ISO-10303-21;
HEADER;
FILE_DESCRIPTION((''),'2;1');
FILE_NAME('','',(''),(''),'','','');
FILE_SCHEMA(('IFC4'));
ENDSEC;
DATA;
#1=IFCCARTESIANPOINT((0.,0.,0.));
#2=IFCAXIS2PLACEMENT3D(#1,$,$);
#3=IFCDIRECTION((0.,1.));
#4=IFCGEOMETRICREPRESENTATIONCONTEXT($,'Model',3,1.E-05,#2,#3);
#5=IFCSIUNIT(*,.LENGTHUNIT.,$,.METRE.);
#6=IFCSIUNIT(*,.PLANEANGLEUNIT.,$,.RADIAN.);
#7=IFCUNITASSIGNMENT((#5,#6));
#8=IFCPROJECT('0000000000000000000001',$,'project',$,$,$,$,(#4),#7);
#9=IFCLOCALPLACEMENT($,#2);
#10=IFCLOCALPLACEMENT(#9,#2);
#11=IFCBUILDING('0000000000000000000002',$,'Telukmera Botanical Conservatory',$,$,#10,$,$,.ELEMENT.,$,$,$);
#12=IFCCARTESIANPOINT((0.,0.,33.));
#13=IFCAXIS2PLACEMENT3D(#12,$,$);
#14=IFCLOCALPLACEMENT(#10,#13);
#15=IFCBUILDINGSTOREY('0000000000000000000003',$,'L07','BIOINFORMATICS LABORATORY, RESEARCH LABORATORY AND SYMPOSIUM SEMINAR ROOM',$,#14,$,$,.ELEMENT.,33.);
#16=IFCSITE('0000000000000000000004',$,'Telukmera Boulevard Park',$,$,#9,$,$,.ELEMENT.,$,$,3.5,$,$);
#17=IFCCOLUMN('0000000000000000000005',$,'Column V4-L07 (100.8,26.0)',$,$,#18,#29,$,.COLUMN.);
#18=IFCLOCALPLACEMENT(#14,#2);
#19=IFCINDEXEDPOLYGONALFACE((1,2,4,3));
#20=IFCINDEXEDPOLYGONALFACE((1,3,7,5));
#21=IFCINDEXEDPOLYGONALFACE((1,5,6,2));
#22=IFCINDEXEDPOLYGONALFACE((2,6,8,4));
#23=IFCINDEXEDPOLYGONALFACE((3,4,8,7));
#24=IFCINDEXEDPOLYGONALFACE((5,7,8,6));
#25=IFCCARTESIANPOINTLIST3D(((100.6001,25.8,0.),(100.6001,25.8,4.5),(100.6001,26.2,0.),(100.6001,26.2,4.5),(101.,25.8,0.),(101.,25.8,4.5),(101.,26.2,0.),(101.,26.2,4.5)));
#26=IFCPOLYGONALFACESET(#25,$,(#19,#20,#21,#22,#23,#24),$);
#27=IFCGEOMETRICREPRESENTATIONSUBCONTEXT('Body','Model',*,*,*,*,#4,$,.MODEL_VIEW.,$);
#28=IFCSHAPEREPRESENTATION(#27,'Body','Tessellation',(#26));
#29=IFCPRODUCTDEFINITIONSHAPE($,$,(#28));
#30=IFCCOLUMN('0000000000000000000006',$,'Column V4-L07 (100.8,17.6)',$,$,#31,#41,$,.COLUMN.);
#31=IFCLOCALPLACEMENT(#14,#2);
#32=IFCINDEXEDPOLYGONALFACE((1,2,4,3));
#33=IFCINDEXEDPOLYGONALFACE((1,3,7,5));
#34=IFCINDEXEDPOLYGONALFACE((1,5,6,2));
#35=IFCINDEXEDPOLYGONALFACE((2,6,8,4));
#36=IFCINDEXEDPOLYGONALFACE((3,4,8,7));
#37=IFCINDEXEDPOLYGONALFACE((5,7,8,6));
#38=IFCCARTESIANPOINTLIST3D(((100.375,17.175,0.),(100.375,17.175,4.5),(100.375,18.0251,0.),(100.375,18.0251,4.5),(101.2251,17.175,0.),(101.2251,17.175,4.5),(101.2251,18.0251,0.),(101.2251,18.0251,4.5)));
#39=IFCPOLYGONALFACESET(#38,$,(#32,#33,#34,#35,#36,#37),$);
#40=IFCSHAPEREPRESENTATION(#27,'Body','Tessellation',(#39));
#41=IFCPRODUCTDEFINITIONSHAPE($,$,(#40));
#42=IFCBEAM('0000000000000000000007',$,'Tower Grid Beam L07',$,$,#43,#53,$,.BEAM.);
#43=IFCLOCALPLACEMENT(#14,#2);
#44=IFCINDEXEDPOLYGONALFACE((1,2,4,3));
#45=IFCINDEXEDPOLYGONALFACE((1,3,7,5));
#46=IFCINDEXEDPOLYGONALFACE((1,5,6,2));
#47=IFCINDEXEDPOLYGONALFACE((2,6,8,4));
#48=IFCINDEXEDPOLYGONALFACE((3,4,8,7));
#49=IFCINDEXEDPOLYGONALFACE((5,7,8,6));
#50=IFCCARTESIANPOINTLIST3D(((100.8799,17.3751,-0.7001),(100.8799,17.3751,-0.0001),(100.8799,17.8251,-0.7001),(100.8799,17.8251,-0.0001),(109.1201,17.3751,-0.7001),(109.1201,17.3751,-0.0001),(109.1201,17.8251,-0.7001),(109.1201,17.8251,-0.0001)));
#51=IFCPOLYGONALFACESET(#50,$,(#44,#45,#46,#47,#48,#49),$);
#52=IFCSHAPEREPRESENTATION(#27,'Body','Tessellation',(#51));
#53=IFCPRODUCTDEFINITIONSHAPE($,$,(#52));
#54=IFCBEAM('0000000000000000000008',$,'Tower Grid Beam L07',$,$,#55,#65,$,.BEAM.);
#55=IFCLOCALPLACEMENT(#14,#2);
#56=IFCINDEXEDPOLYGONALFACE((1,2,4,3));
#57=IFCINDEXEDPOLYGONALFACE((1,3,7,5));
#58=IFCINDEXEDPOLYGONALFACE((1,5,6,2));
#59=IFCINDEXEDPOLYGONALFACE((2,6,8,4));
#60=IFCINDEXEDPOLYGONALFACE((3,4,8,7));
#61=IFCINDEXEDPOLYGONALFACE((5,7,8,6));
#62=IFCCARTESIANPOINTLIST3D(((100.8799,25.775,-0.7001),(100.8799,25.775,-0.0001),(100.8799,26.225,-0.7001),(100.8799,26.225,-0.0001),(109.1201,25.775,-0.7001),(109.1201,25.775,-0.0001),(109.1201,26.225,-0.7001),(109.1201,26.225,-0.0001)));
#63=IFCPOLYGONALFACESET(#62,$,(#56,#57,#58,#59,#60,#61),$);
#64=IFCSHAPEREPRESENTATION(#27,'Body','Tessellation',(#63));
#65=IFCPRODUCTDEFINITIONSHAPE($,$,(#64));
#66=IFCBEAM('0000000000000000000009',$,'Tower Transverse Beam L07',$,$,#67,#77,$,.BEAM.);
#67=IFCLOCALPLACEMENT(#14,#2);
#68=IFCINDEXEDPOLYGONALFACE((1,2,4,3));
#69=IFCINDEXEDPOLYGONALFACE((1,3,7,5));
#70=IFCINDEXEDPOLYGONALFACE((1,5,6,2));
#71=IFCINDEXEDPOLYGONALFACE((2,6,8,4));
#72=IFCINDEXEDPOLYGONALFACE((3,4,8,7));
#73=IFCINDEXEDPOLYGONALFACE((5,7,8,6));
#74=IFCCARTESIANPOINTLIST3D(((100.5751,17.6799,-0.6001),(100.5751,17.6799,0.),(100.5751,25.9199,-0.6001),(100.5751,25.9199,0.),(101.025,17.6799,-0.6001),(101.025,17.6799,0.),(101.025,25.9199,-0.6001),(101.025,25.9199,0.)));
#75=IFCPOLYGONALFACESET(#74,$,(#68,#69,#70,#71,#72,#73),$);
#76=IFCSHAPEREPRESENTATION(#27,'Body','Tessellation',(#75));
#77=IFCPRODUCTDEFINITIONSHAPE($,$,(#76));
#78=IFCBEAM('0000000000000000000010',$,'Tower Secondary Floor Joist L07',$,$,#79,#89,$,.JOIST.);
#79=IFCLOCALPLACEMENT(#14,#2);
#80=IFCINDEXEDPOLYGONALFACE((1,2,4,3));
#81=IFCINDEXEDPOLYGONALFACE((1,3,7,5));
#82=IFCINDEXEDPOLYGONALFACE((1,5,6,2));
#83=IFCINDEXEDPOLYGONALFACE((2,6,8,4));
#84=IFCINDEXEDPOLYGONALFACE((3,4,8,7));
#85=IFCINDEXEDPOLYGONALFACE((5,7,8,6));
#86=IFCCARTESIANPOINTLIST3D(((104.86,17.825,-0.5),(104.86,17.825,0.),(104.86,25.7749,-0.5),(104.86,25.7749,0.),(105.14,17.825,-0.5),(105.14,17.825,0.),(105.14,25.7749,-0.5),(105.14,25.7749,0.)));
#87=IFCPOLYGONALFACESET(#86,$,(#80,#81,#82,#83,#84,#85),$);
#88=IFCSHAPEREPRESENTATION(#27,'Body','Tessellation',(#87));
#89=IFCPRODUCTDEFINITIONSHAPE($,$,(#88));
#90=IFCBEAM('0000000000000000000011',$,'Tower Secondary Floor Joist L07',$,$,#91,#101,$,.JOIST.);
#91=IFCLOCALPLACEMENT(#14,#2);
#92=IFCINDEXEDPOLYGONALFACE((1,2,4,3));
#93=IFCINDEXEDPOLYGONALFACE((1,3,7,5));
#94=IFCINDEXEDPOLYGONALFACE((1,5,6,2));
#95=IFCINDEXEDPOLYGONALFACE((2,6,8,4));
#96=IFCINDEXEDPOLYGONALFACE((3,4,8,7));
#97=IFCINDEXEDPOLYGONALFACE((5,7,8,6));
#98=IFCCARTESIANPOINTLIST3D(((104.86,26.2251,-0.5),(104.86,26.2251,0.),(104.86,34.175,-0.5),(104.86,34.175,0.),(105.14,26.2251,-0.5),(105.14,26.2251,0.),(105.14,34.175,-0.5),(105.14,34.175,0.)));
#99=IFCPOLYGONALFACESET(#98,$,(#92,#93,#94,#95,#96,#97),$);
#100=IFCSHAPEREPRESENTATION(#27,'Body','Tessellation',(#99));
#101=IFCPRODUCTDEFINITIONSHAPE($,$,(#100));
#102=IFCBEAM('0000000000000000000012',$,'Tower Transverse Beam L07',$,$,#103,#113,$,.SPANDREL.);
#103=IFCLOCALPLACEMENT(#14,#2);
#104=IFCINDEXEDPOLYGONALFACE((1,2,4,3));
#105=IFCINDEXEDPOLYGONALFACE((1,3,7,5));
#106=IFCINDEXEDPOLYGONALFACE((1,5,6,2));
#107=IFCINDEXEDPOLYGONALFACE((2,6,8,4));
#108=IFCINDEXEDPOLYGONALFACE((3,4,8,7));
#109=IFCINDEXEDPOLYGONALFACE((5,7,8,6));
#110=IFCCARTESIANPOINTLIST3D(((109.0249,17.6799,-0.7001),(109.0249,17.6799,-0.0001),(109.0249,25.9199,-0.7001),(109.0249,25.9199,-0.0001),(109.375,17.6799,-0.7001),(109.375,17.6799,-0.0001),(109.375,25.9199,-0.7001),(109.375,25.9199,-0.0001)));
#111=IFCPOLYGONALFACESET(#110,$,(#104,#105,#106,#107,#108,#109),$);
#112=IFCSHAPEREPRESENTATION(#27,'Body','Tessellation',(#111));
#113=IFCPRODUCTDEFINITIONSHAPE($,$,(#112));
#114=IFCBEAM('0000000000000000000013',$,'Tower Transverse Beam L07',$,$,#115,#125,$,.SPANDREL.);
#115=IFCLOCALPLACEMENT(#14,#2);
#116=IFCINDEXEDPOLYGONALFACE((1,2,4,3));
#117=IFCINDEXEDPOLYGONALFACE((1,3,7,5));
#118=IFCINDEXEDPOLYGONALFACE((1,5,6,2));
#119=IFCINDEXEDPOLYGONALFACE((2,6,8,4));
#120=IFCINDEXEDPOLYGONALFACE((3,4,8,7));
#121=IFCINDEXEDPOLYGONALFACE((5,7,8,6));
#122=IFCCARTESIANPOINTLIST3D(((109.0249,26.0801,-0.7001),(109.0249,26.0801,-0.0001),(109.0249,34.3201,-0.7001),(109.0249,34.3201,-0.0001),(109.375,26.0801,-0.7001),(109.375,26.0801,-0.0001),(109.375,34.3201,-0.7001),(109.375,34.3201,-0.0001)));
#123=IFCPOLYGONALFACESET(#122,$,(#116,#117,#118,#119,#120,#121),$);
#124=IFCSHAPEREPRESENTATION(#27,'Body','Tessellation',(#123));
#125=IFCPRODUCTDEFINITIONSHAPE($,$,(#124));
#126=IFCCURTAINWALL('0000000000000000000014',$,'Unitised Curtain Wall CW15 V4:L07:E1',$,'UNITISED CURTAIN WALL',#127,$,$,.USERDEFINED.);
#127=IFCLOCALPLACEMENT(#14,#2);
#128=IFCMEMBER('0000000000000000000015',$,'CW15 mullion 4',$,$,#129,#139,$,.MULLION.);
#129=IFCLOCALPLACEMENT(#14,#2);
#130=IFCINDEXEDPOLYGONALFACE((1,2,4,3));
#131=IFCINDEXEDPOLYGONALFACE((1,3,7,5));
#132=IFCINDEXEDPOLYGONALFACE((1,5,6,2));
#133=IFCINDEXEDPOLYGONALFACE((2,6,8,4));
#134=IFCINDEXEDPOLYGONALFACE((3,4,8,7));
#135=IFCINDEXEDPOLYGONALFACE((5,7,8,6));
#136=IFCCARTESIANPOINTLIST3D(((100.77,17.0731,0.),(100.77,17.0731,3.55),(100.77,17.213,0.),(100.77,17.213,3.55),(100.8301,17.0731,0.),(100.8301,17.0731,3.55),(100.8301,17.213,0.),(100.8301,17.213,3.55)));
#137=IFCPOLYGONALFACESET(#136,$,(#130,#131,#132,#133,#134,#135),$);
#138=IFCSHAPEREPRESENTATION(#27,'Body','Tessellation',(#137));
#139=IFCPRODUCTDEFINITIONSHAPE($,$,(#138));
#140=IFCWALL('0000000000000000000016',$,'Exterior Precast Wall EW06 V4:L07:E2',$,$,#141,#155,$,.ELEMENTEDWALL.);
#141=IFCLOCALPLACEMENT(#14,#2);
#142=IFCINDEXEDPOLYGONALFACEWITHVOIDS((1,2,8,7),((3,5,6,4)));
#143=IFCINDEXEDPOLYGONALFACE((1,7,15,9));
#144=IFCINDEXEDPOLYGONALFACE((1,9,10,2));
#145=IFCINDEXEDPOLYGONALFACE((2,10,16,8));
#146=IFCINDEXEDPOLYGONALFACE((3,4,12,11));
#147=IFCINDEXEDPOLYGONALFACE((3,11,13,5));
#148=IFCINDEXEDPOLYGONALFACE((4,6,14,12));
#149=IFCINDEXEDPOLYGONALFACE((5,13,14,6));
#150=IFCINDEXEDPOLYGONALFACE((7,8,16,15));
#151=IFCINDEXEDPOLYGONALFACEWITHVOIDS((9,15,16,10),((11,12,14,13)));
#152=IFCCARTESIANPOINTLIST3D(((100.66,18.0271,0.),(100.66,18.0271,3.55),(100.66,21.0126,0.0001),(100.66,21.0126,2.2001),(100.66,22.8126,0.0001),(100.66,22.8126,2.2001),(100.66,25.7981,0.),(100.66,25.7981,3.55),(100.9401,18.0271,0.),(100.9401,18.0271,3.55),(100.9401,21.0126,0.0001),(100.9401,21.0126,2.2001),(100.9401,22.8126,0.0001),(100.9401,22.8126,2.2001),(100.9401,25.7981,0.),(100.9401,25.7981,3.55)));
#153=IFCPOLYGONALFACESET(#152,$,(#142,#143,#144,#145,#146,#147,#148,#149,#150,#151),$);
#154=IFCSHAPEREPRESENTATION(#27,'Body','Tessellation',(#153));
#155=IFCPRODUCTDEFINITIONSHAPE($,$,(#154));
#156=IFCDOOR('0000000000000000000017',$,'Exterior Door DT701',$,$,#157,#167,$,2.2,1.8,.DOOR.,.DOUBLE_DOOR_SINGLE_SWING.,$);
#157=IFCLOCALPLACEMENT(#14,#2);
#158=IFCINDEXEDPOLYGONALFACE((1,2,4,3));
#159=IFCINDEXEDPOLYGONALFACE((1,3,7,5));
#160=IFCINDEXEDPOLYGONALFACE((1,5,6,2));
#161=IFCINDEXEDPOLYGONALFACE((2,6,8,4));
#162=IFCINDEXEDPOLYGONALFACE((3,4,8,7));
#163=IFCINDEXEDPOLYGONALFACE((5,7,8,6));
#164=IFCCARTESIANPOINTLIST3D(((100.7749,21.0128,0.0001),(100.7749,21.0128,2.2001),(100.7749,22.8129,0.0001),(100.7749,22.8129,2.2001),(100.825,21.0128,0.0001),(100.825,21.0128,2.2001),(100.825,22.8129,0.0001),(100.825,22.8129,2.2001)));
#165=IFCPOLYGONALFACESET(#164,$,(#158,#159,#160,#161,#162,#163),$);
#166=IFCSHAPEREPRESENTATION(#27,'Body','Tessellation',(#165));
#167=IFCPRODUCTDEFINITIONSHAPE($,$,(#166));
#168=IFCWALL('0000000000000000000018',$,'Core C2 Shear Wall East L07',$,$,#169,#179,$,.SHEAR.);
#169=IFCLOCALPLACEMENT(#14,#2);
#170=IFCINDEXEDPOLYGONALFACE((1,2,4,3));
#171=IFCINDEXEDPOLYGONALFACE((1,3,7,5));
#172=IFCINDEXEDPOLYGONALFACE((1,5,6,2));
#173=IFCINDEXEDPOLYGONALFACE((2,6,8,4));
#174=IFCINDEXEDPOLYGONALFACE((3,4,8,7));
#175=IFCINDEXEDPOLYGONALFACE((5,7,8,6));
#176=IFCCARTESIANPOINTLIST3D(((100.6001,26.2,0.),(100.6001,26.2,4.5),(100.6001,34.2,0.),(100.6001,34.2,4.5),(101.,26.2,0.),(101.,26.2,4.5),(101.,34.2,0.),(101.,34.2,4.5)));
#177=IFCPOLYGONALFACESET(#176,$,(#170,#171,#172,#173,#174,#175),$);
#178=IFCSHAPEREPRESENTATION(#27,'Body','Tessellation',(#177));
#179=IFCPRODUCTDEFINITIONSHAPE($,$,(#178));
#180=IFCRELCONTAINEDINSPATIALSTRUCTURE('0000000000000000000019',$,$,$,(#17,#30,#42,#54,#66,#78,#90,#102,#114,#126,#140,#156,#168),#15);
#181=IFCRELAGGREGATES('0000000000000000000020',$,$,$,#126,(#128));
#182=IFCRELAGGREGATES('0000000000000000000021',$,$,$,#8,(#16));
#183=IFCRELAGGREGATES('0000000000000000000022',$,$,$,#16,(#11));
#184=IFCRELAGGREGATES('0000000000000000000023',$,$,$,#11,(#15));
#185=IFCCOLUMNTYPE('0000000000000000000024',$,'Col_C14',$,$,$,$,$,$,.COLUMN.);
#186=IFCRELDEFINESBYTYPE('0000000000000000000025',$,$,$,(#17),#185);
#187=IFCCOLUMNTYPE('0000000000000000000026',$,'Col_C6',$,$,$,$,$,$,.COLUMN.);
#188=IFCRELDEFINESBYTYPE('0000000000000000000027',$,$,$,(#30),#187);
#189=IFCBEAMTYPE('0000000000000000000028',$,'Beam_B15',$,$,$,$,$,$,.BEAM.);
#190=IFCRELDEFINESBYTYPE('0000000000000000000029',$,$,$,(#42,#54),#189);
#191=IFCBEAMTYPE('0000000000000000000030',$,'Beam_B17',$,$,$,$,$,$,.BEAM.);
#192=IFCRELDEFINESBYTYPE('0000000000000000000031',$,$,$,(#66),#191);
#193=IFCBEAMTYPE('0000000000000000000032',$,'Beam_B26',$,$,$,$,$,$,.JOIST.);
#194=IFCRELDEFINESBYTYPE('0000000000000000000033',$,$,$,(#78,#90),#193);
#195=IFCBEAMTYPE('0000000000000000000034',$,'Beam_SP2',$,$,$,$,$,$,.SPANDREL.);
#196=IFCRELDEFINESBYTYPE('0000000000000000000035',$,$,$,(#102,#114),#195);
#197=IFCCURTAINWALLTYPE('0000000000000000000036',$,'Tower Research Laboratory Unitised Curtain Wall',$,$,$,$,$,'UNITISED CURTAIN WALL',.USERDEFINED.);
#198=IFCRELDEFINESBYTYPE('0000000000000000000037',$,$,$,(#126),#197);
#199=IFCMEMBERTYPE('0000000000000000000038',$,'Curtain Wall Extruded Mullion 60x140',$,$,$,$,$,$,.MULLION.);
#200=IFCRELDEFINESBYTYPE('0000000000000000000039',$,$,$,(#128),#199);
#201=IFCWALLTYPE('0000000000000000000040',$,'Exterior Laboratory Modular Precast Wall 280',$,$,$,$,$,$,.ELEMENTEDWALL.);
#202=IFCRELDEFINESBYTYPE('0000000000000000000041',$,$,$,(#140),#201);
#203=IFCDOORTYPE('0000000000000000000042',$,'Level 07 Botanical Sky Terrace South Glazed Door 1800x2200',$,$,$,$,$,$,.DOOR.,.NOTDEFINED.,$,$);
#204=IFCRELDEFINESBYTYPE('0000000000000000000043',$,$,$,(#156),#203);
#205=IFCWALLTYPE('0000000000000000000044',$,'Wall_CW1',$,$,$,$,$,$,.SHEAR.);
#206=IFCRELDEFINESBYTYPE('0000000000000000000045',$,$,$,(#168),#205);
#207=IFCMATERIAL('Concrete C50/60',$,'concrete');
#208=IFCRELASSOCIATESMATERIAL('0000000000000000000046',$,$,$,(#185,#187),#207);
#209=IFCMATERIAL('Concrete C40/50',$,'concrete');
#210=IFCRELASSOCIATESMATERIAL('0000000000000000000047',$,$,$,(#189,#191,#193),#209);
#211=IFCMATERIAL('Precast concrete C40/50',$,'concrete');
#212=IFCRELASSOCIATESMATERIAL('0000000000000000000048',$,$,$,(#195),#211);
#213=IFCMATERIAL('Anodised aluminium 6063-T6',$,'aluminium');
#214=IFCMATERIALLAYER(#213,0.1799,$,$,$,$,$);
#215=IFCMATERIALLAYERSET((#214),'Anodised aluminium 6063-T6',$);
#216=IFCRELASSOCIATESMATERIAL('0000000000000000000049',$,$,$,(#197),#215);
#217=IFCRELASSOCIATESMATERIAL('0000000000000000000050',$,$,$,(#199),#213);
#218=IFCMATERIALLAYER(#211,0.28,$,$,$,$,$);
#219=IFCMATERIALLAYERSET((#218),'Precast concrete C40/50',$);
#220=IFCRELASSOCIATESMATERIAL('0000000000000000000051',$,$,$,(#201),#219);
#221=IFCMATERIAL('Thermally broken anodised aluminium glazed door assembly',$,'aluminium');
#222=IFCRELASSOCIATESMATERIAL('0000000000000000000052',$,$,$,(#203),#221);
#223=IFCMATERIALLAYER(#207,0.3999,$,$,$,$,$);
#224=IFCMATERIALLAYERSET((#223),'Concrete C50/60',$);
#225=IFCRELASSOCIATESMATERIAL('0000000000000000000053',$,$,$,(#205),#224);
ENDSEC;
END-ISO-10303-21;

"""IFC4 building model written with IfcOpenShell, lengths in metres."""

from ifc_helpers import new_model, si_unit, direction, frame, frame_2d, origin, origin_2d, place, context, subcontext, project, spatial, rectangle, extrude, material, layer, layer_set, material_profile, profile_set, type_object, element, fill, aggregate, save


model = new_model("IFC4")

# Units and contexts
model_context = context("Model", 3, precision=1e-05, world=origin(), true_north=direction((0.0, 1.0)))
body_context = subcontext(model_context, "Body", "Model", "MODEL_VIEW")
ifc_project = project(units=[si_unit("LENGTHUNIT", "METRE"), si_unit("PLANEANGLEUNIT", "RADIAN")], contexts=[model_context])

# Site, building, storey
site_placement = place(None, origin())
site = spatial("IfcSite", under=ifc_project, at=site_placement, Name="Telukmera Boulevard Park", CompositionType="ELEMENT", RefElevation=3.5)
building_placement = place(site_placement, origin())
building = spatial("IfcBuilding", under=site, at=building_placement, Name="Telukmera Botanical Conservatory", CompositionType="ELEMENT")
storey_placement = place(building_placement, frame((0.0, 0.0, 33.0)))
storey = spatial("IfcBuildingStorey", under=building, at=storey_placement, Name="L07", Description="BIOINFORMATICS LABORATORY, RESEARCH LABORATORY AND SYMPOSIUM SEMINAR ROOM", CompositionType="ELEMENT", Elevation=33.0)

# Columns
ifc_material_1 = material(Name="Concrete C50/60", Category="concrete")
ifc_material_profile_1 = material_profile(ifc_material_1, rectangle(XDim=0.3999, YDim=0.3999, at=origin_2d()), Name="RC 400x400")
ifc_profile_set_1 = profile_set([ifc_material_profile_1], Name="Concrete C50/60")
column_type_1 = type_object("IfcColumnType", Name="Col_C14", PredefinedType="COLUMN", material=ifc_profile_set_1)
column_1_placement = place(storey_placement, frame((100.8, 26.0, 0.0), z_axis=(0.0, 0.0, 1.0), x_axis=(1.0, 0.0, 0.0)))
element("IfcColumn", 1, at=column_1_placement, inside=storey, type_object=column_type_1, Name="Column V4-L07 (100.8,26.0)", PredefinedType="COLUMN", context=body_context, shape_type="SweptSolid", body=[
    extrude(rectangle(XDim=0.3999, YDim=0.3999, at=origin_2d()), origin(), (0.0, 0.0, 1.0), 4.5),
])
ifc_material_profile_2 = material_profile(ifc_material_1, rectangle(XDim=0.8501, YDim=0.8501, at=origin_2d()), Name="RC 850x850")
ifc_profile_set_2 = profile_set([ifc_material_profile_2], Name="Concrete C50/60")
column_type_2 = type_object("IfcColumnType", Name="Col_C6", PredefinedType="COLUMN", material=ifc_profile_set_2)
column_2_placement = place(storey_placement, frame((100.8, 17.6001, 0.0), z_axis=(0.0, 0.0, 1.0), x_axis=(1.0, 0.0, 0.0)))
element("IfcColumn", 2, at=column_2_placement, inside=storey, type_object=column_type_2, Name="Column V4-L07 (100.8,17.6)", PredefinedType="COLUMN", context=body_context, shape_type="SweptSolid", body=[
    extrude(rectangle(XDim=0.8501, YDim=0.8501, at=origin_2d()), origin(), (0.0, 0.0, 1.0), 4.5),
])

# Beams
ifc_material_2 = material(Name="Concrete C40/50", Category="concrete")
ifc_material_profile_3 = material_profile(ifc_material_2, rectangle(XDim=0.45, YDim=0.7, at=origin_2d()), Name="RC 450x700")
ifc_profile_set_3 = profile_set([ifc_material_profile_3], Name="Concrete C40/50")
beam_type_1 = type_object("IfcBeamType", Name="Beam_B15", PredefinedType="BEAM", material=ifc_profile_set_3)
for number, where, z_axis, x_axis, name in (
    (3, (100.8799, 17.6001, -0.3501), (1.0, 0.0, 0.0), (0.0, 1.0, 0.0), "Tower Grid Beam L07"),
    (4, (100.8799, 26.0, -0.3501), (1.0, 0.0, 0.0), (0.0, 1.0, 0.0), "Tower Grid Beam L07"),
):
    element("IfcBeam", number, at=place(storey_placement, frame(where, z_axis=z_axis, x_axis=x_axis)), inside=storey, type_object=beam_type_1, Name=name, PredefinedType="BEAM", context=body_context, shape_type="SweptSolid", body=[
        extrude(rectangle(XDim=0.45, YDim=0.7, at=origin_2d()), origin(), (0.0, 0.0, 1.0), 8.2402),
    ])
ifc_material_profile_4 = material_profile(ifc_material_2, rectangle(XDim=0.45, YDim=0.6001, at=origin_2d()), Name="RC 450x600")
ifc_profile_set_4 = profile_set([ifc_material_profile_4], Name="Concrete C40/50")
beam_type_2 = type_object("IfcBeamType", Name="Beam_B17", PredefinedType="BEAM", material=ifc_profile_set_4)
beam_placement = place(storey_placement, frame((100.8, 17.6799, -0.3), z_axis=(0.0, 1.0, 0.0), x_axis=(-1.0, 0.0, 0.0)))
element("IfcBeam", 5, at=beam_placement, inside=storey, type_object=beam_type_2, Name="Tower Transverse Beam L07", PredefinedType="BEAM", context=body_context, shape_type="SweptSolid", body=[
    extrude(rectangle(XDim=0.45, YDim=0.6001, at=origin_2d()), origin(), (0.0, 0.0, 1.0), 8.24),
])
ifc_material_profile_5 = material_profile(ifc_material_2, rectangle(XDim=0.28, YDim=0.5, at=origin_2d()), Name="RC 280x500")
ifc_profile_set_5 = profile_set([ifc_material_profile_5], Name="Concrete C40/50")
beam_type_3 = type_object("IfcBeamType", Name="Beam_B26", PredefinedType="JOIST", material=ifc_profile_set_5)
for number, where, z_axis, x_axis, name in (
    (6, (105.0, 17.825, -0.25), (0.0, 1.0, 0.0), (-1.0, 0.0, 0.0), "Tower Secondary Floor Joist L07"),
    (7, (105.0, 26.2251, -0.25), (0.0, 1.0, 0.0), (-1.0, 0.0, 0.0), "Tower Secondary Floor Joist L07"),
):
    element("IfcBeam", number, at=place(storey_placement, frame(where, z_axis=z_axis, x_axis=x_axis)), inside=storey, type_object=beam_type_3, Name=name, PredefinedType="JOIST", context=body_context, shape_type="SweptSolid", body=[
        extrude(rectangle(XDim=0.28, YDim=0.5, at=origin_2d()), origin(), (0.0, 0.0, 1.0), 7.95),
    ])
ifc_material_3 = material(Name="Precast concrete C40/50", Category="concrete")
ifc_material_profile_6 = material_profile(ifc_material_3, rectangle(XDim=0.3501, YDim=0.7, at=origin_2d()), Name="PC 350x700")
ifc_profile_set_6 = profile_set([ifc_material_profile_6], Name="Precast concrete C40/50")
beam_type_4 = type_object("IfcBeamType", Name="Beam_SP2", PredefinedType="SPANDREL", material=ifc_profile_set_6)
for number, where, z_axis, x_axis, name in (
    (8, (109.2, 17.6799, -0.3501), (0.0, 1.0, 0.0), (-1.0, 0.0, 0.0), "Tower Transverse Beam L07"),
    (9, (109.2, 26.0801, -0.3501), (0.0, 1.0, 0.0), (-1.0, 0.0, 0.0), "Tower Transverse Beam L07"),
):
    element("IfcBeam", number, at=place(storey_placement, frame(where, z_axis=z_axis, x_axis=x_axis)), inside=storey, type_object=beam_type_4, Name=name, PredefinedType="SPANDREL", context=body_context, shape_type="SweptSolid", body=[
        extrude(rectangle(XDim=0.3501, YDim=0.7, at=origin_2d()), origin(), (0.0, 0.0, 1.0), 8.24),
    ])

# Curtain wall, member
ifc_material_4 = material(Name="Anodised aluminium 6063-T6", Category="aluminium")
ifc_layer_1 = layer(ifc_material_4, 0.1799)
ifc_layer_set_1 = layer_set([ifc_layer_1], Name="Anodised aluminium 6063-T6")
curtain_wall_type = type_object("IfcCurtainWallType", Name="Tower Research Laboratory Unitised Curtain Wall", ElementType="UNITISED CURTAIN WALL", PredefinedType="USERDEFINED", material=ifc_layer_set_1)
curtain_wall_placement = place(storey_placement, origin())
curtain_wall = element("IfcCurtainWall", 10, at=curtain_wall_placement, inside=storey, type_object=curtain_wall_type, Name="Unitised Curtain Wall CW15 V4:L07:E1", ObjectType="UNITISED CURTAIN WALL", PredefinedType="USERDEFINED")
ifc_material_profile_7 = material_profile(ifc_material_4, rectangle(XDim=0.0601, YDim=0.1399, at=origin_2d()), Name="ALU MULL 60x140")
ifc_profile_set_7 = profile_set([ifc_material_profile_7], Name="Anodised aluminium 6063-T6")
member_type = type_object("IfcMemberType", Name="Curtain Wall Extruded Mullion 60x140", PredefinedType="MULLION", material=ifc_profile_set_7)
member_placement = place(storey_placement, frame((100.8, 17.1431, 0.0), z_axis=(0.0, 0.0, 1.0), x_axis=(-1.0, 0.0, 0.0)))
member = element("IfcMember", 11, at=member_placement, type_object=member_type, Name="CW15 mullion 4", PredefinedType="MULLION", context=body_context, shape_type="SweptSolid", body=[
    extrude(rectangle(XDim=0.0601, YDim=0.1399, at=origin_2d()), origin(), (0.0, 0.0, 1.0), 3.55),
])
aggregate(curtain_wall, [member])

# Wall, opening, door
ifc_layer_2 = layer(ifc_material_3, 0.28)
ifc_layer_set_2 = layer_set([ifc_layer_2], Name="Precast concrete C40/50")
wall_type_1 = type_object("IfcWallType", Name="Exterior Laboratory Modular Precast Wall 280", PredefinedType="ELEMENTEDWALL", material=ifc_layer_set_2)
wall_1_placement = place(storey_placement, frame((100.8, 18.0271, 0.0), z_axis=(0.0, 0.0, 1.0), x_axis=(0.0, 1.0, 0.0)))
wall_1 = element("IfcWall", 12, at=wall_1_placement, inside=storey, type_object=wall_type_1, Name="Exterior Precast Wall EW06 V4:L07:E2", PredefinedType="ELEMENTEDWALL", context=body_context, shape_type="SweptSolid", body=[
    extrude(rectangle(XDim=7.771, YDim=0.28, at=frame_2d((3.8855, 0.0))), origin(), (0.0, 0.0, 1.0), 3.55),
])
opening_placement = place(wall_1_placement, frame((2.9856, 0.0, 0.0)))
opening = element("IfcOpeningElement", 13, at=opening_placement, cuts=wall_1, PredefinedType="OPENING", context=body_context, shape_type="SweptSolid", body=[
    extrude(rectangle(XDim=1.8, YDim=2.2, at=frame_2d((0.8999, 1.1001))), frame((0.0, 0.1499, 0.0), z_axis=(0.0, -1.0, 0.0), x_axis=(1.0, 0.0, 0.0)), (0.0, 0.0, 1.0), 0.3),
])
ifc_material_5 = material(Name="Thermally broken anodised aluminium glazed door assembly", Category="aluminium")
door_type = type_object("IfcDoorType", Name="Level 07 Botanical Sky Terrace South Glazed Door 1800x2200", OperationType="NOTDEFINED", PredefinedType="DOOR", material=ifc_material_5)
door_placement = place(opening_placement, frame((1.8, 0.0, 0.0), z_axis=(0.0, 0.0, 1.0), x_axis=(-1.0, 0.0, 0.0)))
door = element("IfcDoor", 14, at=door_placement, inside=storey, type_object=door_type, Name="Exterior Door DT701", OperationType="DOUBLE_DOOR_SINGLE_SWING", OverallHeight=2.2, OverallWidth=1.8, PredefinedType="DOOR", context=body_context, shape_type="SweptSolid", body=[
    extrude(rectangle(XDim=1.8, YDim=2.2, at=frame_2d((0.8999, 1.1001))), frame((0.0, 0.0249, 0.0), z_axis=(0.0, -1.0, 0.0), x_axis=(1.0, 0.0, 0.0)), (0.0, 0.0, 1.0), 0.05),
])
fill(opening, door)

# Wall
ifc_layer_3 = layer(ifc_material_1, 0.3999)
ifc_layer_set_3 = layer_set([ifc_layer_3], Name="Concrete C50/60")
wall_type_2 = type_object("IfcWallType", Name="Wall_CW1", PredefinedType="SHEAR", material=ifc_layer_set_3)
wall_2_placement = place(storey_placement, frame((100.8, 26.2, 0.0), z_axis=(0.0, 0.0, 1.0), x_axis=(0.0, 1.0, 0.0)))
element("IfcWall", 15, at=wall_2_placement, inside=storey, type_object=wall_type_2, Name="Core C2 Shear Wall East L07", PredefinedType="SHEAR", context=body_context, shape_type="SweptSolid", body=[
    extrude(rectangle(XDim=8.0, YDim=0.3999, at=frame_2d((4.0, 0.0))), origin(), (0.0, 0.0, 1.0), 4.5),
])

save(model, "model.ifc")
